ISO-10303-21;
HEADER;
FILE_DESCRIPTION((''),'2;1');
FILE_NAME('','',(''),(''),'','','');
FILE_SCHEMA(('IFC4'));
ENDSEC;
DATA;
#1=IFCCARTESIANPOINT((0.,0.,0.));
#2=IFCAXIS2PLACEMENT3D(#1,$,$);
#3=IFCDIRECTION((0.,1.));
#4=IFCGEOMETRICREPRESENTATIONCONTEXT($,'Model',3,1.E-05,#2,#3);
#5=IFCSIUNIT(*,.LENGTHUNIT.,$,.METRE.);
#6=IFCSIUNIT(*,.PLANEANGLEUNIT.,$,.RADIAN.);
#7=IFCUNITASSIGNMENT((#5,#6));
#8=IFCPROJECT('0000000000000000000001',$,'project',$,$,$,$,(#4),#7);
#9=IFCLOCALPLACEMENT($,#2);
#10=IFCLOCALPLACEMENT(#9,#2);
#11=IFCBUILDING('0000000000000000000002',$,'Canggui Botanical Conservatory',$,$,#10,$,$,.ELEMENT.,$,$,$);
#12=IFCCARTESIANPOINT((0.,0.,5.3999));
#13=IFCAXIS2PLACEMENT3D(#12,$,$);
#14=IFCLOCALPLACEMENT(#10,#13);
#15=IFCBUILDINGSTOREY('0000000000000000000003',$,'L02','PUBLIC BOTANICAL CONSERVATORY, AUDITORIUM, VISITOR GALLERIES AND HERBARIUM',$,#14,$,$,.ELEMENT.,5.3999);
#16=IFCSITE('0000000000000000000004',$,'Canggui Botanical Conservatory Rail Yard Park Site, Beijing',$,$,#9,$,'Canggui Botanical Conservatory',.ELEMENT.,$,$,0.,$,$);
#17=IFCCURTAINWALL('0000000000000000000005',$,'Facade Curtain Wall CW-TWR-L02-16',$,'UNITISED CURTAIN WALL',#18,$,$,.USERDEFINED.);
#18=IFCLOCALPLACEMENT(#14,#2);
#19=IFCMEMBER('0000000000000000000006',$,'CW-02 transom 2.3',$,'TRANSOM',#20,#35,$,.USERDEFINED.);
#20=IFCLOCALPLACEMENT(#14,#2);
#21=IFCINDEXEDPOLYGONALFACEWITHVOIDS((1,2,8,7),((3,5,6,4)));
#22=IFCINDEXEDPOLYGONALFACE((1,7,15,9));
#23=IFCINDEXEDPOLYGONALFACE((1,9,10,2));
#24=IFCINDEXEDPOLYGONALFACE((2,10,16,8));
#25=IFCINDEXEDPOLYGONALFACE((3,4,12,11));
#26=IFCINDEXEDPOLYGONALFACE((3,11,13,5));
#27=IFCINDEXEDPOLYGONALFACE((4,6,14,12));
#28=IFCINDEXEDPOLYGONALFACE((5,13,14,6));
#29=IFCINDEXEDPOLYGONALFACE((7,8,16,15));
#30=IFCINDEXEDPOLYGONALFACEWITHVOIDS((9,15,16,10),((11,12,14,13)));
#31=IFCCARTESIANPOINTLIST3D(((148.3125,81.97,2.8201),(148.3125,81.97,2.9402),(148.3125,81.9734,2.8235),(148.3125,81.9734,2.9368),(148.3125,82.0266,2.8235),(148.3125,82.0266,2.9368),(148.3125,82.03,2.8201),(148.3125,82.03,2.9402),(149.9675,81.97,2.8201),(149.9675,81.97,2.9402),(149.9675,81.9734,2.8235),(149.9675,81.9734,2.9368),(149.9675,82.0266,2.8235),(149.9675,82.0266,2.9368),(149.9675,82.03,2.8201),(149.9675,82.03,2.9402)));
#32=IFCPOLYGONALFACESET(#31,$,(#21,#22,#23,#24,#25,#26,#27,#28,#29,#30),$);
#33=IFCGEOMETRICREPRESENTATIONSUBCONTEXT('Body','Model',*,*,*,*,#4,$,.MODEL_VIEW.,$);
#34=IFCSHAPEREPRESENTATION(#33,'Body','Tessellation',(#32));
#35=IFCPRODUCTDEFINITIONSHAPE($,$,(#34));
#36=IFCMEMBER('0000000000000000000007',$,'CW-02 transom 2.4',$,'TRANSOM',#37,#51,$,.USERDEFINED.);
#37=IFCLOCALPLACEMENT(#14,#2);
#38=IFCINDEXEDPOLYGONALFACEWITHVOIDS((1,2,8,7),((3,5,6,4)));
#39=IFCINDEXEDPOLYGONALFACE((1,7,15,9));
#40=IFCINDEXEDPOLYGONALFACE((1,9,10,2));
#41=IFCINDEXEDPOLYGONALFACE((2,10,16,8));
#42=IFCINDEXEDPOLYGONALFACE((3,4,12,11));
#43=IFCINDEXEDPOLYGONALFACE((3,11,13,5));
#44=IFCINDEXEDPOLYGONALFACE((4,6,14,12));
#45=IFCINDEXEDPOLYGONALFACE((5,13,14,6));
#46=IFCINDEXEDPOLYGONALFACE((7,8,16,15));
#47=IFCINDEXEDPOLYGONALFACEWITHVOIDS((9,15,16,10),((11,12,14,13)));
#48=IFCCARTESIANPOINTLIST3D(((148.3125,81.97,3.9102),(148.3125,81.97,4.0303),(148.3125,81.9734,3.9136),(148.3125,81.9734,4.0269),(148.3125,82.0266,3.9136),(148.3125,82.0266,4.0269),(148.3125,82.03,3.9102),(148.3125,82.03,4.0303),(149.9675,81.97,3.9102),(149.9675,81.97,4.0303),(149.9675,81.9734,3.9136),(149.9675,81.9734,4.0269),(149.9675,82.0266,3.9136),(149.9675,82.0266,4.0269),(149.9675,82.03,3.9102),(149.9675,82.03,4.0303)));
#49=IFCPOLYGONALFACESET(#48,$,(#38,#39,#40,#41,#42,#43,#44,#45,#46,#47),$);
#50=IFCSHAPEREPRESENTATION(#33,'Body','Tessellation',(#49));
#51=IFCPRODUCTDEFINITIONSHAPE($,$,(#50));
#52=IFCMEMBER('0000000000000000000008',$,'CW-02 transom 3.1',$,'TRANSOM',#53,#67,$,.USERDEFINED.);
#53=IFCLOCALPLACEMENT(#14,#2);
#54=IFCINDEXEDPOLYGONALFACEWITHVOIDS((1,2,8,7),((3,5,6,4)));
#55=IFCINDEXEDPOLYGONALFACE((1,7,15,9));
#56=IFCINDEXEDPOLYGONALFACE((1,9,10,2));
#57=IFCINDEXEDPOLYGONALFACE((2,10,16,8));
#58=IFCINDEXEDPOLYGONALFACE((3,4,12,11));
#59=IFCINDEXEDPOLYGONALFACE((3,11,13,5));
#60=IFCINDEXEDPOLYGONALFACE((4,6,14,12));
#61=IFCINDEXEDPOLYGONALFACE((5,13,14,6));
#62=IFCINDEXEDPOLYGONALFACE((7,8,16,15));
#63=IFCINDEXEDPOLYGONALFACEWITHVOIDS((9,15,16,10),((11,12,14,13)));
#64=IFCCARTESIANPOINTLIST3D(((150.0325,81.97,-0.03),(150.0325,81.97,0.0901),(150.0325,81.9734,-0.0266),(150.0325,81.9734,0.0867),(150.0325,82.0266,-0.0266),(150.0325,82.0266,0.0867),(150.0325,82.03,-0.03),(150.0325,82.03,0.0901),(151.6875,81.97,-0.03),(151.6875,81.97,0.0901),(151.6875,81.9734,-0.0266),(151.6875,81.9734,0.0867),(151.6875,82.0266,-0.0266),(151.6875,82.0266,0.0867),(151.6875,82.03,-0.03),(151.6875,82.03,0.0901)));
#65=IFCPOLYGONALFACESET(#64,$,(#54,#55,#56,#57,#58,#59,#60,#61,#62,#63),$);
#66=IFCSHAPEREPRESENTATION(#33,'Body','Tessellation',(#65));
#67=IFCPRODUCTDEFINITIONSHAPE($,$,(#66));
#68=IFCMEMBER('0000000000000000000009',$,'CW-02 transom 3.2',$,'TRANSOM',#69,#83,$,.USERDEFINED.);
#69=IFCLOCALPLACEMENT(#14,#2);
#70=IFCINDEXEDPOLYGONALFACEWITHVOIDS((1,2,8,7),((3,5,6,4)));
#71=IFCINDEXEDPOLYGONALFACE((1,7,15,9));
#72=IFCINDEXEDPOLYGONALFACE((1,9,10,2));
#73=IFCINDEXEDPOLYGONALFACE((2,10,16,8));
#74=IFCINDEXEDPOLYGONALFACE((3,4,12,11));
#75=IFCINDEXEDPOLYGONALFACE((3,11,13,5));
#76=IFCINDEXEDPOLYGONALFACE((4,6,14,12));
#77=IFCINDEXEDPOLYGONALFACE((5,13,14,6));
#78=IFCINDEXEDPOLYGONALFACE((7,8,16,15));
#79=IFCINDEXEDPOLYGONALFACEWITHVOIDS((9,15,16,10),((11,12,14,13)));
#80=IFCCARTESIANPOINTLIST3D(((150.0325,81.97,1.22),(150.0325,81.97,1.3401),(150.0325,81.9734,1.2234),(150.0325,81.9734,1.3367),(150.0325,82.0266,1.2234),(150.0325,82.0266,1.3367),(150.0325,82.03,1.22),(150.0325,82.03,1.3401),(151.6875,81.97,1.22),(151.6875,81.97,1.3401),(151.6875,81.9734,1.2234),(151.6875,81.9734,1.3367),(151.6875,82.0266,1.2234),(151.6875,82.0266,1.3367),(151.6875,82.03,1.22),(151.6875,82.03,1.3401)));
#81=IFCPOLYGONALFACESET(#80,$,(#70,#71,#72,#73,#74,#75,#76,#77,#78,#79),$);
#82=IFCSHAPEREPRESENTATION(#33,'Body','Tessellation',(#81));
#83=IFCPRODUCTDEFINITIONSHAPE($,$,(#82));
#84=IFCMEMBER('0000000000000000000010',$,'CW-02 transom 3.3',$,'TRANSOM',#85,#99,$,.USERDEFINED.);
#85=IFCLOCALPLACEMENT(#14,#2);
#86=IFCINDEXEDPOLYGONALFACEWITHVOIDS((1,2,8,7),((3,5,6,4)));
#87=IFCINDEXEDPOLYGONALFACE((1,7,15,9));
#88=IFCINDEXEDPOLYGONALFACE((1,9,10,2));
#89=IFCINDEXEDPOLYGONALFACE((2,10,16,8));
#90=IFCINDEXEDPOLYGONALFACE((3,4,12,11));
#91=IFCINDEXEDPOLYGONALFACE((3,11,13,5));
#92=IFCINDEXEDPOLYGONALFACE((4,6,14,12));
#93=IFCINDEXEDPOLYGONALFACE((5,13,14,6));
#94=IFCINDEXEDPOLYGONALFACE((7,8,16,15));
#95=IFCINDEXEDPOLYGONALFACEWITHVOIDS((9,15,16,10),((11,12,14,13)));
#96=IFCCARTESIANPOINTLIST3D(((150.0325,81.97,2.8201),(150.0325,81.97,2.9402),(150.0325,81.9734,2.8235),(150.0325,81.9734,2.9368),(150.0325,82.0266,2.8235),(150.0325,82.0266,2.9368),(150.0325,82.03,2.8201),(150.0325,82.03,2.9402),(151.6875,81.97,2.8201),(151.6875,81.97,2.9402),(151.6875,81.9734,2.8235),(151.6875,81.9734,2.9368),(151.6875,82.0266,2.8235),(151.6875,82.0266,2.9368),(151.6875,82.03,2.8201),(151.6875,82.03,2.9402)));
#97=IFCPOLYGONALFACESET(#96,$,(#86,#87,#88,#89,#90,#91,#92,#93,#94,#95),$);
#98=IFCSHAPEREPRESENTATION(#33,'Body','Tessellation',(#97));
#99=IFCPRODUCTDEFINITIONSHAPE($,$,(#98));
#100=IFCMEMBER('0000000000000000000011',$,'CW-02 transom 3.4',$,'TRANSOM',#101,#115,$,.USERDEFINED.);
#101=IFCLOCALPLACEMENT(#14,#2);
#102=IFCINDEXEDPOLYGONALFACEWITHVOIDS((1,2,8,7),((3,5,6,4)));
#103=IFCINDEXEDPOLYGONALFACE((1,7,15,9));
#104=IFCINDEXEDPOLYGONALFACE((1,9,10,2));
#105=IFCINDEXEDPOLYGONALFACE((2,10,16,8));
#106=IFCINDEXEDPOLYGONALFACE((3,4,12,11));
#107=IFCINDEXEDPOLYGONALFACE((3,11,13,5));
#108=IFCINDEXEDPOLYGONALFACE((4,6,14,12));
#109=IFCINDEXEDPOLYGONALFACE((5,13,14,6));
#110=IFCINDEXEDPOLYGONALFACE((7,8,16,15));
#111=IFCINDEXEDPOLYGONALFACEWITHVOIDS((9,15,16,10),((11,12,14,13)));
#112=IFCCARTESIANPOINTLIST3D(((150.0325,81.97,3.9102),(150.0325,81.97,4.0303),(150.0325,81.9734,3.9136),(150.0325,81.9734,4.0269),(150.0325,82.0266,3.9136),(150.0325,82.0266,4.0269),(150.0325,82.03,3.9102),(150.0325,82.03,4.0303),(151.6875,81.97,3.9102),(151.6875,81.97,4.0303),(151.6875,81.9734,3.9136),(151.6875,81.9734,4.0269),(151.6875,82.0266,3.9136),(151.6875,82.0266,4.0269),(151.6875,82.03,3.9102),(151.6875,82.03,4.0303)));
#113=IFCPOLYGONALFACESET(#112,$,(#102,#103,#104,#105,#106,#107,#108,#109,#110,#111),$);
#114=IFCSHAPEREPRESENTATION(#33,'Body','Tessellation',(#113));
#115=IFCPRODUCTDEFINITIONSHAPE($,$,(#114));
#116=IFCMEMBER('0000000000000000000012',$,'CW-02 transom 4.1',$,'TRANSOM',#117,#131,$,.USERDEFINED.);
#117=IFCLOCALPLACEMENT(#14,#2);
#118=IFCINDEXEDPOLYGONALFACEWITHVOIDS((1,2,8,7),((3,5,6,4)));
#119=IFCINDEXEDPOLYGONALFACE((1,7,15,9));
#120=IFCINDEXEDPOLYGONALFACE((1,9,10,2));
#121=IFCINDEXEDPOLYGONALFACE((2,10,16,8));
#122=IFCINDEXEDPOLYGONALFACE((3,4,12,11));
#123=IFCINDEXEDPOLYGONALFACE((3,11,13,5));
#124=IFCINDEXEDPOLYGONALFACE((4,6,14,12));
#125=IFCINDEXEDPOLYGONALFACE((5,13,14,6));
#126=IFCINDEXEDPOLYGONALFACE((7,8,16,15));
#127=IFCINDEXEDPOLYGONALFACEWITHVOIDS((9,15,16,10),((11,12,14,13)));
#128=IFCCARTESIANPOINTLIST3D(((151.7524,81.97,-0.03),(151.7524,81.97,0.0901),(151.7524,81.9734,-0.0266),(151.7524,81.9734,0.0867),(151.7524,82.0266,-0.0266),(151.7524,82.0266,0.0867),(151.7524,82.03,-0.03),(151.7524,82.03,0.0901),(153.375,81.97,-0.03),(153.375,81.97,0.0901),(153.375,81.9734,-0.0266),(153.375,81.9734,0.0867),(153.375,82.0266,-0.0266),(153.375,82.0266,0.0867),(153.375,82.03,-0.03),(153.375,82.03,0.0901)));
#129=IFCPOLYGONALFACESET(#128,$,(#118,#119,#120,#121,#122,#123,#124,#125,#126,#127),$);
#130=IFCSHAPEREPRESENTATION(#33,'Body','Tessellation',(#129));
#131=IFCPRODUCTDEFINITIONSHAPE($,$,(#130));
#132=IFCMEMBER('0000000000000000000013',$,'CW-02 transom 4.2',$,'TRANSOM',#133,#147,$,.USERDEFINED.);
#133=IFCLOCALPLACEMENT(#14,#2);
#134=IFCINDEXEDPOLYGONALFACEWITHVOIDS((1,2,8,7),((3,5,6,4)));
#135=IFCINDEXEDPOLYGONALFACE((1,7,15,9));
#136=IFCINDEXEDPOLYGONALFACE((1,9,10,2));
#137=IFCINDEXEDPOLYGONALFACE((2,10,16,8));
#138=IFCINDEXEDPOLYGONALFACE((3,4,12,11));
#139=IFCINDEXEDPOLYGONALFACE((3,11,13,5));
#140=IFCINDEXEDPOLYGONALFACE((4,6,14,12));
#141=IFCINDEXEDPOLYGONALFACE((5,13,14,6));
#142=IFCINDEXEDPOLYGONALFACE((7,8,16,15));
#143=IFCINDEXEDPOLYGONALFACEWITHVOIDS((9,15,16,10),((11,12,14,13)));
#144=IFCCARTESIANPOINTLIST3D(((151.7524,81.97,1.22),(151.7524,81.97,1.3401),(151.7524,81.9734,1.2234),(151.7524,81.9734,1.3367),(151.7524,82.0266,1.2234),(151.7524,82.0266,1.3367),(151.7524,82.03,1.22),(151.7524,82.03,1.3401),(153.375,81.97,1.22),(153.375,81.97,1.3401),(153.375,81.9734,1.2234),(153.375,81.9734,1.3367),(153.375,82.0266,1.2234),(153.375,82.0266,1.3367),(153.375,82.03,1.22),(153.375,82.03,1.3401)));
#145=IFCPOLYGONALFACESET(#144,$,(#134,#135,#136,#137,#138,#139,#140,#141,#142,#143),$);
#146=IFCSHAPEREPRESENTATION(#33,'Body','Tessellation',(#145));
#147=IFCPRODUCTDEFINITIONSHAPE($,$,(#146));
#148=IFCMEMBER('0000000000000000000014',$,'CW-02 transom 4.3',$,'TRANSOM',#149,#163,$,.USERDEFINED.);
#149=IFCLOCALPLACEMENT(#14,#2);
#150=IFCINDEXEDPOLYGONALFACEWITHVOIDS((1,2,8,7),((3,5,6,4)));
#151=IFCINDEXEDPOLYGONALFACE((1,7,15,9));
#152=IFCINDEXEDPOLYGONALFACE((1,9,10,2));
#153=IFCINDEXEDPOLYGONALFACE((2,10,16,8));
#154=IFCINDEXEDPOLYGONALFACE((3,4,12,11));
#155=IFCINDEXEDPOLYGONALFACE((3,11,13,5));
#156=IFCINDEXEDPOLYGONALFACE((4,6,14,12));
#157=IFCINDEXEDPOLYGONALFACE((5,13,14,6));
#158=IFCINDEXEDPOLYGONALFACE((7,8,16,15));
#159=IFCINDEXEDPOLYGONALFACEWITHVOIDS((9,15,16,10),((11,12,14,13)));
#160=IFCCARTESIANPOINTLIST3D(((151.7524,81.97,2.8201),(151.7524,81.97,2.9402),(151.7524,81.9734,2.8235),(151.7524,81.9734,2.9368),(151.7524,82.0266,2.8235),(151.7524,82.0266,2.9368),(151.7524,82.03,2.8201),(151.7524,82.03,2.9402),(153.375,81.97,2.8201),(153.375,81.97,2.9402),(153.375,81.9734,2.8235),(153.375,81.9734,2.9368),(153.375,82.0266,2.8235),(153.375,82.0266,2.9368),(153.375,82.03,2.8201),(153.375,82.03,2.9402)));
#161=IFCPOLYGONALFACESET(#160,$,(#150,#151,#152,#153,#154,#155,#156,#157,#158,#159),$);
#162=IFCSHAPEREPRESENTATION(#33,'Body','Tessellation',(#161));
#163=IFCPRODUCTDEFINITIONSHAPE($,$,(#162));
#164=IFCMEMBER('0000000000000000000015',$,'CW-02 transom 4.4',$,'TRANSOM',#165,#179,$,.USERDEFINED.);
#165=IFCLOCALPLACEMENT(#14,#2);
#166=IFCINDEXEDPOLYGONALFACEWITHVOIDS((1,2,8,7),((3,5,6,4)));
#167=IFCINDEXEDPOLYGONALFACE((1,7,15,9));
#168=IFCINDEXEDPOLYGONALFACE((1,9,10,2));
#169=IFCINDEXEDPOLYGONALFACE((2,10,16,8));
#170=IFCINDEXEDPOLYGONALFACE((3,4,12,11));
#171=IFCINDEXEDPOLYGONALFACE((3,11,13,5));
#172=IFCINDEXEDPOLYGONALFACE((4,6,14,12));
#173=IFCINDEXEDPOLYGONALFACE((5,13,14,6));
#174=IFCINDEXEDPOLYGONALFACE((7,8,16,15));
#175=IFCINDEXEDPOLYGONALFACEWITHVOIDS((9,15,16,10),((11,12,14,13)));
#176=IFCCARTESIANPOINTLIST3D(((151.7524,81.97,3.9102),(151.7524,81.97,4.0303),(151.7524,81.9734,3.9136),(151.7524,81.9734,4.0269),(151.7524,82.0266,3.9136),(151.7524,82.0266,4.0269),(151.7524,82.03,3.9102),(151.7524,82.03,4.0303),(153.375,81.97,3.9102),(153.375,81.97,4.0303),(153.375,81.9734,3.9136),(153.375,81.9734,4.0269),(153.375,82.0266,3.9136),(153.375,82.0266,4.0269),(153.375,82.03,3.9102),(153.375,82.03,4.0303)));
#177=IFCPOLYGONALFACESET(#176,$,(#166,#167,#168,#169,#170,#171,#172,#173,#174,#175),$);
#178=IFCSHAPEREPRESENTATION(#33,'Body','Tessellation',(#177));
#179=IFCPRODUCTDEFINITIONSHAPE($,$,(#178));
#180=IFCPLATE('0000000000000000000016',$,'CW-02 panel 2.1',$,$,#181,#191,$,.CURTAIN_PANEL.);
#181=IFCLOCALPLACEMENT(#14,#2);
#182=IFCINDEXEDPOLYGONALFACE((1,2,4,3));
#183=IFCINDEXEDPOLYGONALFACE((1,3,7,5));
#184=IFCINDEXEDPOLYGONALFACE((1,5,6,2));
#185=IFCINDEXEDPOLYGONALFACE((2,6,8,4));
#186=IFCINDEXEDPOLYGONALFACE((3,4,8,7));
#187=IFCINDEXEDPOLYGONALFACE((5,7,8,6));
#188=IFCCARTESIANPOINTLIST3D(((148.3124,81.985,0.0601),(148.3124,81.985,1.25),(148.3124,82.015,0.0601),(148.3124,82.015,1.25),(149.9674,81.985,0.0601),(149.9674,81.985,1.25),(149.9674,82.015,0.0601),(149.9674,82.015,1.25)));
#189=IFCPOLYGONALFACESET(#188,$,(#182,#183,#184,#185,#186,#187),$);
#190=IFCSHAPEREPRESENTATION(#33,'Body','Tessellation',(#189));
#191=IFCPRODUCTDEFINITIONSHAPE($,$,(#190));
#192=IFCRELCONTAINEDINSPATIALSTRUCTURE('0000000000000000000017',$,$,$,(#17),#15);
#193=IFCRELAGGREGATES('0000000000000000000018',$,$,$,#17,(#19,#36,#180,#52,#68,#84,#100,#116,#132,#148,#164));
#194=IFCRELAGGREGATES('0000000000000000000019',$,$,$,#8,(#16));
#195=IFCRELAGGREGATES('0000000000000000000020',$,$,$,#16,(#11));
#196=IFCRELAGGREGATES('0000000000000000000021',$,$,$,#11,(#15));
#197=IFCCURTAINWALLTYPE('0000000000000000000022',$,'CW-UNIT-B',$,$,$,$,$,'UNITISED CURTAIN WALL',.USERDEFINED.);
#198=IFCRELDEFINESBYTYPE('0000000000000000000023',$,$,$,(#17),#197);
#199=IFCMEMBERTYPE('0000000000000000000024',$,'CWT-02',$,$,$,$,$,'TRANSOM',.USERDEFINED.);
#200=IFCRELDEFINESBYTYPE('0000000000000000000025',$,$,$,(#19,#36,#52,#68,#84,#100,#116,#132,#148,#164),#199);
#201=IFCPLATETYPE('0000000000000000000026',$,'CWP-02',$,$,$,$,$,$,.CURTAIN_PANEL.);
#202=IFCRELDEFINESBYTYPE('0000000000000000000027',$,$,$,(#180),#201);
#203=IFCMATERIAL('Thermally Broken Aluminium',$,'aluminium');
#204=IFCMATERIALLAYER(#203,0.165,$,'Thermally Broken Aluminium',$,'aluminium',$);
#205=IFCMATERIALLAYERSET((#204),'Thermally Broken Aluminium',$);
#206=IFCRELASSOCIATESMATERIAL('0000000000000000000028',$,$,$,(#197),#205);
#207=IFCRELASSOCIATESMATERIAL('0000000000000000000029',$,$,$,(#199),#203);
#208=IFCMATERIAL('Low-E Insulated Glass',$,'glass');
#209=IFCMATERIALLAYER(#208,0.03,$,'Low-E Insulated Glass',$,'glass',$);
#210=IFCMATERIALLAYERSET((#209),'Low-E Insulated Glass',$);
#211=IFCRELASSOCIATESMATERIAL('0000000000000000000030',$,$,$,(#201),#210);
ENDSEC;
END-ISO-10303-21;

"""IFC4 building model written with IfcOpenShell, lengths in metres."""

from ifc_helpers import new_model, si_unit, direction, frame, origin, origin_2d, place, context, subcontext, project, spatial, rectangle, hollow_rectangle, extrude, material, layer, layer_set, material_profile, profile_set, type_object, element, aggregate, save


model = new_model("IFC4")

# Units and contexts
model_context = context("Model", 3, precision=1e-05, world=origin(), true_north=direction((0.0, 1.0)))
body_context = subcontext(model_context, "Body", "Model", "MODEL_VIEW")
ifc_project = project(units=[si_unit("LENGTHUNIT", "METRE"), si_unit("PLANEANGLEUNIT", "RADIAN")], contexts=[model_context])

# Site, building, storey
site_placement = place(None, origin())
site = spatial("IfcSite", under=ifc_project, at=site_placement, Name="Canggui Botanical Conservatory Rail Yard Park Site, Beijing", LongName="Canggui Botanical Conservatory", CompositionType="ELEMENT", RefElevation=0.0)
building_placement = place(site_placement, origin())
building = spatial("IfcBuilding", under=site, at=building_placement, Name="Canggui Botanical Conservatory", CompositionType="ELEMENT")
storey_placement = place(building_placement, frame((0.0, 0.0, 5.3999)))
storey = spatial("IfcBuildingStorey", under=building, at=storey_placement, Name="L02", Description="PUBLIC BOTANICAL CONSERVATORY, AUDITORIUM, VISITOR GALLERIES AND HERBARIUM", CompositionType="ELEMENT", Elevation=5.3999)

# Curtain wall, members, plate
ifc_material_1 = material(Name="Thermally Broken Aluminium", Category="aluminium")
ifc_layer_1 = layer(ifc_material_1, 0.165, Name="Thermally Broken Aluminium", Category="aluminium")
ifc_layer_set_1 = layer_set([ifc_layer_1], Name="Thermally Broken Aluminium")
curtain_wall_type = type_object("IfcCurtainWallType", Name="CW-UNIT-B", ElementType="UNITISED CURTAIN WALL", PredefinedType="USERDEFINED", material=ifc_layer_set_1)
curtain_wall_placement = place(storey_placement, origin())
curtain_wall = element("IfcCurtainWall", 1, at=curtain_wall_placement, inside=storey, type_object=curtain_wall_type, Name="Facade Curtain Wall CW-TWR-L02-16", ObjectType="UNITISED CURTAIN WALL", PredefinedType="USERDEFINED")
ifc_material_profile_1 = material_profile(ifc_material_1, hollow_rectangle(XDim=0.0601, YDim=0.1201, WallThickness=0.0034, at=origin_2d()), Name="CWT 60x120x3.5")
ifc_profile_set_1 = profile_set([ifc_material_profile_1], Name="Thermally Broken Aluminium")
member_type_1 = type_object("IfcMemberType", Name="CWT-02", ElementType="TRANSOM", PredefinedType="USERDEFINED", material=ifc_profile_set_1)
member_1_placement = place(storey_placement, frame((148.3125, 82.0, 2.8801), z_axis=(1.0, 0.0, 0.0), x_axis=(0.0, 1.0, 0.0)))
member_1 = element("IfcMember", 2, at=member_1_placement, type_object=member_type_1, Name="CW-02 transom 2.3", ObjectType="TRANSOM", PredefinedType="USERDEFINED", context=body_context, shape_type="SweptSolid", body=[
    extrude(hollow_rectangle(XDim=0.0601, YDim=0.1201, WallThickness=0.0034, at=origin_2d()), origin(), (0.0, 0.0, 1.0), 1.655),
])
member_2_placement = place(storey_placement, frame((148.3125, 82.0, 3.9702), z_axis=(1.0, 0.0, 0.0), x_axis=(0.0, 1.0, 0.0)))
member_2 = element("IfcMember", 3, at=member_2_placement, type_object=member_type_1, Name="CW-02 transom 2.4", ObjectType="TRANSOM", PredefinedType="USERDEFINED", context=body_context, shape_type="SweptSolid", body=[
    extrude(hollow_rectangle(XDim=0.0601, YDim=0.1201, WallThickness=0.0034, at=origin_2d()), origin(), (0.0, 0.0, 1.0), 1.655),
])
member_3_placement = place(storey_placement, frame((150.0325, 82.0, 0.03), z_axis=(1.0, 0.0, 0.0), x_axis=(0.0, 1.0, 0.0)))
member_3 = element("IfcMember", 4, at=member_3_placement, type_object=member_type_1, Name="CW-02 transom 3.1", ObjectType="TRANSOM", PredefinedType="USERDEFINED", context=body_context, shape_type="SweptSolid", body=[
    extrude(hollow_rectangle(XDim=0.0601, YDim=0.1201, WallThickness=0.0034, at=origin_2d()), origin(), (0.0, 0.0, 1.0), 1.655),
])
member_4_placement = place(storey_placement, frame((150.0325, 82.0, 1.28), z_axis=(1.0, 0.0, 0.0), x_axis=(0.0, 1.0, 0.0)))
member_4 = element("IfcMember", 5, at=member_4_placement, type_object=member_type_1, Name="CW-02 transom 3.2", ObjectType="TRANSOM", PredefinedType="USERDEFINED", context=body_context, shape_type="SweptSolid", body=[
    extrude(hollow_rectangle(XDim=0.0601, YDim=0.1201, WallThickness=0.0034, at=origin_2d()), origin(), (0.0, 0.0, 1.0), 1.655),
])
member_5_placement = place(storey_placement, frame((150.0325, 82.0, 2.8801), z_axis=(1.0, 0.0, 0.0), x_axis=(0.0, 1.0, 0.0)))
member_5 = element("IfcMember", 6, at=member_5_placement, type_object=member_type_1, Name="CW-02 transom 3.3", ObjectType="TRANSOM", PredefinedType="USERDEFINED", context=body_context, shape_type="SweptSolid", body=[
    extrude(hollow_rectangle(XDim=0.0601, YDim=0.1201, WallThickness=0.0034, at=origin_2d()), origin(), (0.0, 0.0, 1.0), 1.655),
])
member_6_placement = place(storey_placement, frame((150.0325, 82.0, 3.9702), z_axis=(1.0, 0.0, 0.0), x_axis=(0.0, 1.0, 0.0)))
member_6 = element("IfcMember", 7, at=member_6_placement, type_object=member_type_1, Name="CW-02 transom 3.4", ObjectType="TRANSOM", PredefinedType="USERDEFINED", context=body_context, shape_type="SweptSolid", body=[
    extrude(hollow_rectangle(XDim=0.0601, YDim=0.1201, WallThickness=0.0034, at=origin_2d()), origin(), (0.0, 0.0, 1.0), 1.655),
])
member_7_placement = place(storey_placement, frame((151.7524, 82.0, 0.03), z_axis=(1.0, 0.0, 0.0), x_axis=(0.0, 1.0, 0.0)))
member_7 = element("IfcMember", 8, at=member_7_placement, type_object=member_type_1, Name="CW-02 transom 4.1", ObjectType="TRANSOM", PredefinedType="USERDEFINED", context=body_context, shape_type="SweptSolid", body=[
    extrude(hollow_rectangle(XDim=0.0601, YDim=0.1201, WallThickness=0.0034, at=origin_2d()), origin(), (0.0, 0.0, 1.0), 1.6226),
])
member_8_placement = place(storey_placement, frame((151.7524, 82.0, 1.28), z_axis=(1.0, 0.0, 0.0), x_axis=(0.0, 1.0, 0.0)))
member_8 = element("IfcMember", 9, at=member_8_placement, type_object=member_type_1, Name="CW-02 transom 4.2", ObjectType="TRANSOM", PredefinedType="USERDEFINED", context=body_context, shape_type="SweptSolid", body=[
    extrude(hollow_rectangle(XDim=0.0601, YDim=0.1201, WallThickness=0.0034, at=origin_2d()), origin(), (0.0, 0.0, 1.0), 1.6226),
])
member_9_placement = place(storey_placement, frame((151.7524, 82.0, 2.8801), z_axis=(1.0, 0.0, 0.0), x_axis=(0.0, 1.0, 0.0)))
member_9 = element("IfcMember", 10, at=member_9_placement, type_object=member_type_1, Name="CW-02 transom 4.3", ObjectType="TRANSOM", PredefinedType="USERDEFINED", context=body_context, shape_type="SweptSolid", body=[
    extrude(hollow_rectangle(XDim=0.0601, YDim=0.1201, WallThickness=0.0034, at=origin_2d()), origin(), (0.0, 0.0, 1.0), 1.6226),
])
member_10_placement = place(storey_placement, frame((151.7524, 82.0, 3.9702), z_axis=(1.0, 0.0, 0.0), x_axis=(0.0, 1.0, 0.0)))
member_10 = element("IfcMember", 11, at=member_10_placement, type_object=member_type_1, Name="CW-02 transom 4.4", ObjectType="TRANSOM", PredefinedType="USERDEFINED", context=body_context, shape_type="SweptSolid", body=[
    extrude(hollow_rectangle(XDim=0.0601, YDim=0.1201, WallThickness=0.0034, at=origin_2d()), origin(), (0.0, 0.0, 1.0), 1.6226),
])
ifc_material_2 = material(Name="Low-E Insulated Glass", Category="glass")
ifc_layer_2 = layer(ifc_material_2, 0.03, Name="Low-E Insulated Glass", Category="glass")
ifc_layer_set_2 = layer_set([ifc_layer_2], Name="Low-E Insulated Glass")
plate_type = type_object("IfcPlateType", Name="CWP-02", PredefinedType="CURTAIN_PANEL", material=ifc_layer_set_2)
plate_1_placement = place(storey_placement, frame((149.1399, 82.0, 0.0601), z_axis=(0.0, 0.0, 1.0), x_axis=(1.0, 0.0, 0.0)))
plate_1 = element("IfcPlate", 12, at=plate_1_placement, type_object=plate_type, Name="CW-02 panel 2.1", PredefinedType="CURTAIN_PANEL", context=body_context, shape_type="SweptSolid", body=[
    extrude(rectangle(XDim=1.655, YDim=0.03, at=origin_2d()), origin(), (0.0, 0.0, 1.0), 1.1899),
])
aggregate(curtain_wall, [member_1, member_2, plate_1, member_3, member_4, member_5, member_6, member_7, member_8, member_9, member_10])

save(model, "model.ifc")
